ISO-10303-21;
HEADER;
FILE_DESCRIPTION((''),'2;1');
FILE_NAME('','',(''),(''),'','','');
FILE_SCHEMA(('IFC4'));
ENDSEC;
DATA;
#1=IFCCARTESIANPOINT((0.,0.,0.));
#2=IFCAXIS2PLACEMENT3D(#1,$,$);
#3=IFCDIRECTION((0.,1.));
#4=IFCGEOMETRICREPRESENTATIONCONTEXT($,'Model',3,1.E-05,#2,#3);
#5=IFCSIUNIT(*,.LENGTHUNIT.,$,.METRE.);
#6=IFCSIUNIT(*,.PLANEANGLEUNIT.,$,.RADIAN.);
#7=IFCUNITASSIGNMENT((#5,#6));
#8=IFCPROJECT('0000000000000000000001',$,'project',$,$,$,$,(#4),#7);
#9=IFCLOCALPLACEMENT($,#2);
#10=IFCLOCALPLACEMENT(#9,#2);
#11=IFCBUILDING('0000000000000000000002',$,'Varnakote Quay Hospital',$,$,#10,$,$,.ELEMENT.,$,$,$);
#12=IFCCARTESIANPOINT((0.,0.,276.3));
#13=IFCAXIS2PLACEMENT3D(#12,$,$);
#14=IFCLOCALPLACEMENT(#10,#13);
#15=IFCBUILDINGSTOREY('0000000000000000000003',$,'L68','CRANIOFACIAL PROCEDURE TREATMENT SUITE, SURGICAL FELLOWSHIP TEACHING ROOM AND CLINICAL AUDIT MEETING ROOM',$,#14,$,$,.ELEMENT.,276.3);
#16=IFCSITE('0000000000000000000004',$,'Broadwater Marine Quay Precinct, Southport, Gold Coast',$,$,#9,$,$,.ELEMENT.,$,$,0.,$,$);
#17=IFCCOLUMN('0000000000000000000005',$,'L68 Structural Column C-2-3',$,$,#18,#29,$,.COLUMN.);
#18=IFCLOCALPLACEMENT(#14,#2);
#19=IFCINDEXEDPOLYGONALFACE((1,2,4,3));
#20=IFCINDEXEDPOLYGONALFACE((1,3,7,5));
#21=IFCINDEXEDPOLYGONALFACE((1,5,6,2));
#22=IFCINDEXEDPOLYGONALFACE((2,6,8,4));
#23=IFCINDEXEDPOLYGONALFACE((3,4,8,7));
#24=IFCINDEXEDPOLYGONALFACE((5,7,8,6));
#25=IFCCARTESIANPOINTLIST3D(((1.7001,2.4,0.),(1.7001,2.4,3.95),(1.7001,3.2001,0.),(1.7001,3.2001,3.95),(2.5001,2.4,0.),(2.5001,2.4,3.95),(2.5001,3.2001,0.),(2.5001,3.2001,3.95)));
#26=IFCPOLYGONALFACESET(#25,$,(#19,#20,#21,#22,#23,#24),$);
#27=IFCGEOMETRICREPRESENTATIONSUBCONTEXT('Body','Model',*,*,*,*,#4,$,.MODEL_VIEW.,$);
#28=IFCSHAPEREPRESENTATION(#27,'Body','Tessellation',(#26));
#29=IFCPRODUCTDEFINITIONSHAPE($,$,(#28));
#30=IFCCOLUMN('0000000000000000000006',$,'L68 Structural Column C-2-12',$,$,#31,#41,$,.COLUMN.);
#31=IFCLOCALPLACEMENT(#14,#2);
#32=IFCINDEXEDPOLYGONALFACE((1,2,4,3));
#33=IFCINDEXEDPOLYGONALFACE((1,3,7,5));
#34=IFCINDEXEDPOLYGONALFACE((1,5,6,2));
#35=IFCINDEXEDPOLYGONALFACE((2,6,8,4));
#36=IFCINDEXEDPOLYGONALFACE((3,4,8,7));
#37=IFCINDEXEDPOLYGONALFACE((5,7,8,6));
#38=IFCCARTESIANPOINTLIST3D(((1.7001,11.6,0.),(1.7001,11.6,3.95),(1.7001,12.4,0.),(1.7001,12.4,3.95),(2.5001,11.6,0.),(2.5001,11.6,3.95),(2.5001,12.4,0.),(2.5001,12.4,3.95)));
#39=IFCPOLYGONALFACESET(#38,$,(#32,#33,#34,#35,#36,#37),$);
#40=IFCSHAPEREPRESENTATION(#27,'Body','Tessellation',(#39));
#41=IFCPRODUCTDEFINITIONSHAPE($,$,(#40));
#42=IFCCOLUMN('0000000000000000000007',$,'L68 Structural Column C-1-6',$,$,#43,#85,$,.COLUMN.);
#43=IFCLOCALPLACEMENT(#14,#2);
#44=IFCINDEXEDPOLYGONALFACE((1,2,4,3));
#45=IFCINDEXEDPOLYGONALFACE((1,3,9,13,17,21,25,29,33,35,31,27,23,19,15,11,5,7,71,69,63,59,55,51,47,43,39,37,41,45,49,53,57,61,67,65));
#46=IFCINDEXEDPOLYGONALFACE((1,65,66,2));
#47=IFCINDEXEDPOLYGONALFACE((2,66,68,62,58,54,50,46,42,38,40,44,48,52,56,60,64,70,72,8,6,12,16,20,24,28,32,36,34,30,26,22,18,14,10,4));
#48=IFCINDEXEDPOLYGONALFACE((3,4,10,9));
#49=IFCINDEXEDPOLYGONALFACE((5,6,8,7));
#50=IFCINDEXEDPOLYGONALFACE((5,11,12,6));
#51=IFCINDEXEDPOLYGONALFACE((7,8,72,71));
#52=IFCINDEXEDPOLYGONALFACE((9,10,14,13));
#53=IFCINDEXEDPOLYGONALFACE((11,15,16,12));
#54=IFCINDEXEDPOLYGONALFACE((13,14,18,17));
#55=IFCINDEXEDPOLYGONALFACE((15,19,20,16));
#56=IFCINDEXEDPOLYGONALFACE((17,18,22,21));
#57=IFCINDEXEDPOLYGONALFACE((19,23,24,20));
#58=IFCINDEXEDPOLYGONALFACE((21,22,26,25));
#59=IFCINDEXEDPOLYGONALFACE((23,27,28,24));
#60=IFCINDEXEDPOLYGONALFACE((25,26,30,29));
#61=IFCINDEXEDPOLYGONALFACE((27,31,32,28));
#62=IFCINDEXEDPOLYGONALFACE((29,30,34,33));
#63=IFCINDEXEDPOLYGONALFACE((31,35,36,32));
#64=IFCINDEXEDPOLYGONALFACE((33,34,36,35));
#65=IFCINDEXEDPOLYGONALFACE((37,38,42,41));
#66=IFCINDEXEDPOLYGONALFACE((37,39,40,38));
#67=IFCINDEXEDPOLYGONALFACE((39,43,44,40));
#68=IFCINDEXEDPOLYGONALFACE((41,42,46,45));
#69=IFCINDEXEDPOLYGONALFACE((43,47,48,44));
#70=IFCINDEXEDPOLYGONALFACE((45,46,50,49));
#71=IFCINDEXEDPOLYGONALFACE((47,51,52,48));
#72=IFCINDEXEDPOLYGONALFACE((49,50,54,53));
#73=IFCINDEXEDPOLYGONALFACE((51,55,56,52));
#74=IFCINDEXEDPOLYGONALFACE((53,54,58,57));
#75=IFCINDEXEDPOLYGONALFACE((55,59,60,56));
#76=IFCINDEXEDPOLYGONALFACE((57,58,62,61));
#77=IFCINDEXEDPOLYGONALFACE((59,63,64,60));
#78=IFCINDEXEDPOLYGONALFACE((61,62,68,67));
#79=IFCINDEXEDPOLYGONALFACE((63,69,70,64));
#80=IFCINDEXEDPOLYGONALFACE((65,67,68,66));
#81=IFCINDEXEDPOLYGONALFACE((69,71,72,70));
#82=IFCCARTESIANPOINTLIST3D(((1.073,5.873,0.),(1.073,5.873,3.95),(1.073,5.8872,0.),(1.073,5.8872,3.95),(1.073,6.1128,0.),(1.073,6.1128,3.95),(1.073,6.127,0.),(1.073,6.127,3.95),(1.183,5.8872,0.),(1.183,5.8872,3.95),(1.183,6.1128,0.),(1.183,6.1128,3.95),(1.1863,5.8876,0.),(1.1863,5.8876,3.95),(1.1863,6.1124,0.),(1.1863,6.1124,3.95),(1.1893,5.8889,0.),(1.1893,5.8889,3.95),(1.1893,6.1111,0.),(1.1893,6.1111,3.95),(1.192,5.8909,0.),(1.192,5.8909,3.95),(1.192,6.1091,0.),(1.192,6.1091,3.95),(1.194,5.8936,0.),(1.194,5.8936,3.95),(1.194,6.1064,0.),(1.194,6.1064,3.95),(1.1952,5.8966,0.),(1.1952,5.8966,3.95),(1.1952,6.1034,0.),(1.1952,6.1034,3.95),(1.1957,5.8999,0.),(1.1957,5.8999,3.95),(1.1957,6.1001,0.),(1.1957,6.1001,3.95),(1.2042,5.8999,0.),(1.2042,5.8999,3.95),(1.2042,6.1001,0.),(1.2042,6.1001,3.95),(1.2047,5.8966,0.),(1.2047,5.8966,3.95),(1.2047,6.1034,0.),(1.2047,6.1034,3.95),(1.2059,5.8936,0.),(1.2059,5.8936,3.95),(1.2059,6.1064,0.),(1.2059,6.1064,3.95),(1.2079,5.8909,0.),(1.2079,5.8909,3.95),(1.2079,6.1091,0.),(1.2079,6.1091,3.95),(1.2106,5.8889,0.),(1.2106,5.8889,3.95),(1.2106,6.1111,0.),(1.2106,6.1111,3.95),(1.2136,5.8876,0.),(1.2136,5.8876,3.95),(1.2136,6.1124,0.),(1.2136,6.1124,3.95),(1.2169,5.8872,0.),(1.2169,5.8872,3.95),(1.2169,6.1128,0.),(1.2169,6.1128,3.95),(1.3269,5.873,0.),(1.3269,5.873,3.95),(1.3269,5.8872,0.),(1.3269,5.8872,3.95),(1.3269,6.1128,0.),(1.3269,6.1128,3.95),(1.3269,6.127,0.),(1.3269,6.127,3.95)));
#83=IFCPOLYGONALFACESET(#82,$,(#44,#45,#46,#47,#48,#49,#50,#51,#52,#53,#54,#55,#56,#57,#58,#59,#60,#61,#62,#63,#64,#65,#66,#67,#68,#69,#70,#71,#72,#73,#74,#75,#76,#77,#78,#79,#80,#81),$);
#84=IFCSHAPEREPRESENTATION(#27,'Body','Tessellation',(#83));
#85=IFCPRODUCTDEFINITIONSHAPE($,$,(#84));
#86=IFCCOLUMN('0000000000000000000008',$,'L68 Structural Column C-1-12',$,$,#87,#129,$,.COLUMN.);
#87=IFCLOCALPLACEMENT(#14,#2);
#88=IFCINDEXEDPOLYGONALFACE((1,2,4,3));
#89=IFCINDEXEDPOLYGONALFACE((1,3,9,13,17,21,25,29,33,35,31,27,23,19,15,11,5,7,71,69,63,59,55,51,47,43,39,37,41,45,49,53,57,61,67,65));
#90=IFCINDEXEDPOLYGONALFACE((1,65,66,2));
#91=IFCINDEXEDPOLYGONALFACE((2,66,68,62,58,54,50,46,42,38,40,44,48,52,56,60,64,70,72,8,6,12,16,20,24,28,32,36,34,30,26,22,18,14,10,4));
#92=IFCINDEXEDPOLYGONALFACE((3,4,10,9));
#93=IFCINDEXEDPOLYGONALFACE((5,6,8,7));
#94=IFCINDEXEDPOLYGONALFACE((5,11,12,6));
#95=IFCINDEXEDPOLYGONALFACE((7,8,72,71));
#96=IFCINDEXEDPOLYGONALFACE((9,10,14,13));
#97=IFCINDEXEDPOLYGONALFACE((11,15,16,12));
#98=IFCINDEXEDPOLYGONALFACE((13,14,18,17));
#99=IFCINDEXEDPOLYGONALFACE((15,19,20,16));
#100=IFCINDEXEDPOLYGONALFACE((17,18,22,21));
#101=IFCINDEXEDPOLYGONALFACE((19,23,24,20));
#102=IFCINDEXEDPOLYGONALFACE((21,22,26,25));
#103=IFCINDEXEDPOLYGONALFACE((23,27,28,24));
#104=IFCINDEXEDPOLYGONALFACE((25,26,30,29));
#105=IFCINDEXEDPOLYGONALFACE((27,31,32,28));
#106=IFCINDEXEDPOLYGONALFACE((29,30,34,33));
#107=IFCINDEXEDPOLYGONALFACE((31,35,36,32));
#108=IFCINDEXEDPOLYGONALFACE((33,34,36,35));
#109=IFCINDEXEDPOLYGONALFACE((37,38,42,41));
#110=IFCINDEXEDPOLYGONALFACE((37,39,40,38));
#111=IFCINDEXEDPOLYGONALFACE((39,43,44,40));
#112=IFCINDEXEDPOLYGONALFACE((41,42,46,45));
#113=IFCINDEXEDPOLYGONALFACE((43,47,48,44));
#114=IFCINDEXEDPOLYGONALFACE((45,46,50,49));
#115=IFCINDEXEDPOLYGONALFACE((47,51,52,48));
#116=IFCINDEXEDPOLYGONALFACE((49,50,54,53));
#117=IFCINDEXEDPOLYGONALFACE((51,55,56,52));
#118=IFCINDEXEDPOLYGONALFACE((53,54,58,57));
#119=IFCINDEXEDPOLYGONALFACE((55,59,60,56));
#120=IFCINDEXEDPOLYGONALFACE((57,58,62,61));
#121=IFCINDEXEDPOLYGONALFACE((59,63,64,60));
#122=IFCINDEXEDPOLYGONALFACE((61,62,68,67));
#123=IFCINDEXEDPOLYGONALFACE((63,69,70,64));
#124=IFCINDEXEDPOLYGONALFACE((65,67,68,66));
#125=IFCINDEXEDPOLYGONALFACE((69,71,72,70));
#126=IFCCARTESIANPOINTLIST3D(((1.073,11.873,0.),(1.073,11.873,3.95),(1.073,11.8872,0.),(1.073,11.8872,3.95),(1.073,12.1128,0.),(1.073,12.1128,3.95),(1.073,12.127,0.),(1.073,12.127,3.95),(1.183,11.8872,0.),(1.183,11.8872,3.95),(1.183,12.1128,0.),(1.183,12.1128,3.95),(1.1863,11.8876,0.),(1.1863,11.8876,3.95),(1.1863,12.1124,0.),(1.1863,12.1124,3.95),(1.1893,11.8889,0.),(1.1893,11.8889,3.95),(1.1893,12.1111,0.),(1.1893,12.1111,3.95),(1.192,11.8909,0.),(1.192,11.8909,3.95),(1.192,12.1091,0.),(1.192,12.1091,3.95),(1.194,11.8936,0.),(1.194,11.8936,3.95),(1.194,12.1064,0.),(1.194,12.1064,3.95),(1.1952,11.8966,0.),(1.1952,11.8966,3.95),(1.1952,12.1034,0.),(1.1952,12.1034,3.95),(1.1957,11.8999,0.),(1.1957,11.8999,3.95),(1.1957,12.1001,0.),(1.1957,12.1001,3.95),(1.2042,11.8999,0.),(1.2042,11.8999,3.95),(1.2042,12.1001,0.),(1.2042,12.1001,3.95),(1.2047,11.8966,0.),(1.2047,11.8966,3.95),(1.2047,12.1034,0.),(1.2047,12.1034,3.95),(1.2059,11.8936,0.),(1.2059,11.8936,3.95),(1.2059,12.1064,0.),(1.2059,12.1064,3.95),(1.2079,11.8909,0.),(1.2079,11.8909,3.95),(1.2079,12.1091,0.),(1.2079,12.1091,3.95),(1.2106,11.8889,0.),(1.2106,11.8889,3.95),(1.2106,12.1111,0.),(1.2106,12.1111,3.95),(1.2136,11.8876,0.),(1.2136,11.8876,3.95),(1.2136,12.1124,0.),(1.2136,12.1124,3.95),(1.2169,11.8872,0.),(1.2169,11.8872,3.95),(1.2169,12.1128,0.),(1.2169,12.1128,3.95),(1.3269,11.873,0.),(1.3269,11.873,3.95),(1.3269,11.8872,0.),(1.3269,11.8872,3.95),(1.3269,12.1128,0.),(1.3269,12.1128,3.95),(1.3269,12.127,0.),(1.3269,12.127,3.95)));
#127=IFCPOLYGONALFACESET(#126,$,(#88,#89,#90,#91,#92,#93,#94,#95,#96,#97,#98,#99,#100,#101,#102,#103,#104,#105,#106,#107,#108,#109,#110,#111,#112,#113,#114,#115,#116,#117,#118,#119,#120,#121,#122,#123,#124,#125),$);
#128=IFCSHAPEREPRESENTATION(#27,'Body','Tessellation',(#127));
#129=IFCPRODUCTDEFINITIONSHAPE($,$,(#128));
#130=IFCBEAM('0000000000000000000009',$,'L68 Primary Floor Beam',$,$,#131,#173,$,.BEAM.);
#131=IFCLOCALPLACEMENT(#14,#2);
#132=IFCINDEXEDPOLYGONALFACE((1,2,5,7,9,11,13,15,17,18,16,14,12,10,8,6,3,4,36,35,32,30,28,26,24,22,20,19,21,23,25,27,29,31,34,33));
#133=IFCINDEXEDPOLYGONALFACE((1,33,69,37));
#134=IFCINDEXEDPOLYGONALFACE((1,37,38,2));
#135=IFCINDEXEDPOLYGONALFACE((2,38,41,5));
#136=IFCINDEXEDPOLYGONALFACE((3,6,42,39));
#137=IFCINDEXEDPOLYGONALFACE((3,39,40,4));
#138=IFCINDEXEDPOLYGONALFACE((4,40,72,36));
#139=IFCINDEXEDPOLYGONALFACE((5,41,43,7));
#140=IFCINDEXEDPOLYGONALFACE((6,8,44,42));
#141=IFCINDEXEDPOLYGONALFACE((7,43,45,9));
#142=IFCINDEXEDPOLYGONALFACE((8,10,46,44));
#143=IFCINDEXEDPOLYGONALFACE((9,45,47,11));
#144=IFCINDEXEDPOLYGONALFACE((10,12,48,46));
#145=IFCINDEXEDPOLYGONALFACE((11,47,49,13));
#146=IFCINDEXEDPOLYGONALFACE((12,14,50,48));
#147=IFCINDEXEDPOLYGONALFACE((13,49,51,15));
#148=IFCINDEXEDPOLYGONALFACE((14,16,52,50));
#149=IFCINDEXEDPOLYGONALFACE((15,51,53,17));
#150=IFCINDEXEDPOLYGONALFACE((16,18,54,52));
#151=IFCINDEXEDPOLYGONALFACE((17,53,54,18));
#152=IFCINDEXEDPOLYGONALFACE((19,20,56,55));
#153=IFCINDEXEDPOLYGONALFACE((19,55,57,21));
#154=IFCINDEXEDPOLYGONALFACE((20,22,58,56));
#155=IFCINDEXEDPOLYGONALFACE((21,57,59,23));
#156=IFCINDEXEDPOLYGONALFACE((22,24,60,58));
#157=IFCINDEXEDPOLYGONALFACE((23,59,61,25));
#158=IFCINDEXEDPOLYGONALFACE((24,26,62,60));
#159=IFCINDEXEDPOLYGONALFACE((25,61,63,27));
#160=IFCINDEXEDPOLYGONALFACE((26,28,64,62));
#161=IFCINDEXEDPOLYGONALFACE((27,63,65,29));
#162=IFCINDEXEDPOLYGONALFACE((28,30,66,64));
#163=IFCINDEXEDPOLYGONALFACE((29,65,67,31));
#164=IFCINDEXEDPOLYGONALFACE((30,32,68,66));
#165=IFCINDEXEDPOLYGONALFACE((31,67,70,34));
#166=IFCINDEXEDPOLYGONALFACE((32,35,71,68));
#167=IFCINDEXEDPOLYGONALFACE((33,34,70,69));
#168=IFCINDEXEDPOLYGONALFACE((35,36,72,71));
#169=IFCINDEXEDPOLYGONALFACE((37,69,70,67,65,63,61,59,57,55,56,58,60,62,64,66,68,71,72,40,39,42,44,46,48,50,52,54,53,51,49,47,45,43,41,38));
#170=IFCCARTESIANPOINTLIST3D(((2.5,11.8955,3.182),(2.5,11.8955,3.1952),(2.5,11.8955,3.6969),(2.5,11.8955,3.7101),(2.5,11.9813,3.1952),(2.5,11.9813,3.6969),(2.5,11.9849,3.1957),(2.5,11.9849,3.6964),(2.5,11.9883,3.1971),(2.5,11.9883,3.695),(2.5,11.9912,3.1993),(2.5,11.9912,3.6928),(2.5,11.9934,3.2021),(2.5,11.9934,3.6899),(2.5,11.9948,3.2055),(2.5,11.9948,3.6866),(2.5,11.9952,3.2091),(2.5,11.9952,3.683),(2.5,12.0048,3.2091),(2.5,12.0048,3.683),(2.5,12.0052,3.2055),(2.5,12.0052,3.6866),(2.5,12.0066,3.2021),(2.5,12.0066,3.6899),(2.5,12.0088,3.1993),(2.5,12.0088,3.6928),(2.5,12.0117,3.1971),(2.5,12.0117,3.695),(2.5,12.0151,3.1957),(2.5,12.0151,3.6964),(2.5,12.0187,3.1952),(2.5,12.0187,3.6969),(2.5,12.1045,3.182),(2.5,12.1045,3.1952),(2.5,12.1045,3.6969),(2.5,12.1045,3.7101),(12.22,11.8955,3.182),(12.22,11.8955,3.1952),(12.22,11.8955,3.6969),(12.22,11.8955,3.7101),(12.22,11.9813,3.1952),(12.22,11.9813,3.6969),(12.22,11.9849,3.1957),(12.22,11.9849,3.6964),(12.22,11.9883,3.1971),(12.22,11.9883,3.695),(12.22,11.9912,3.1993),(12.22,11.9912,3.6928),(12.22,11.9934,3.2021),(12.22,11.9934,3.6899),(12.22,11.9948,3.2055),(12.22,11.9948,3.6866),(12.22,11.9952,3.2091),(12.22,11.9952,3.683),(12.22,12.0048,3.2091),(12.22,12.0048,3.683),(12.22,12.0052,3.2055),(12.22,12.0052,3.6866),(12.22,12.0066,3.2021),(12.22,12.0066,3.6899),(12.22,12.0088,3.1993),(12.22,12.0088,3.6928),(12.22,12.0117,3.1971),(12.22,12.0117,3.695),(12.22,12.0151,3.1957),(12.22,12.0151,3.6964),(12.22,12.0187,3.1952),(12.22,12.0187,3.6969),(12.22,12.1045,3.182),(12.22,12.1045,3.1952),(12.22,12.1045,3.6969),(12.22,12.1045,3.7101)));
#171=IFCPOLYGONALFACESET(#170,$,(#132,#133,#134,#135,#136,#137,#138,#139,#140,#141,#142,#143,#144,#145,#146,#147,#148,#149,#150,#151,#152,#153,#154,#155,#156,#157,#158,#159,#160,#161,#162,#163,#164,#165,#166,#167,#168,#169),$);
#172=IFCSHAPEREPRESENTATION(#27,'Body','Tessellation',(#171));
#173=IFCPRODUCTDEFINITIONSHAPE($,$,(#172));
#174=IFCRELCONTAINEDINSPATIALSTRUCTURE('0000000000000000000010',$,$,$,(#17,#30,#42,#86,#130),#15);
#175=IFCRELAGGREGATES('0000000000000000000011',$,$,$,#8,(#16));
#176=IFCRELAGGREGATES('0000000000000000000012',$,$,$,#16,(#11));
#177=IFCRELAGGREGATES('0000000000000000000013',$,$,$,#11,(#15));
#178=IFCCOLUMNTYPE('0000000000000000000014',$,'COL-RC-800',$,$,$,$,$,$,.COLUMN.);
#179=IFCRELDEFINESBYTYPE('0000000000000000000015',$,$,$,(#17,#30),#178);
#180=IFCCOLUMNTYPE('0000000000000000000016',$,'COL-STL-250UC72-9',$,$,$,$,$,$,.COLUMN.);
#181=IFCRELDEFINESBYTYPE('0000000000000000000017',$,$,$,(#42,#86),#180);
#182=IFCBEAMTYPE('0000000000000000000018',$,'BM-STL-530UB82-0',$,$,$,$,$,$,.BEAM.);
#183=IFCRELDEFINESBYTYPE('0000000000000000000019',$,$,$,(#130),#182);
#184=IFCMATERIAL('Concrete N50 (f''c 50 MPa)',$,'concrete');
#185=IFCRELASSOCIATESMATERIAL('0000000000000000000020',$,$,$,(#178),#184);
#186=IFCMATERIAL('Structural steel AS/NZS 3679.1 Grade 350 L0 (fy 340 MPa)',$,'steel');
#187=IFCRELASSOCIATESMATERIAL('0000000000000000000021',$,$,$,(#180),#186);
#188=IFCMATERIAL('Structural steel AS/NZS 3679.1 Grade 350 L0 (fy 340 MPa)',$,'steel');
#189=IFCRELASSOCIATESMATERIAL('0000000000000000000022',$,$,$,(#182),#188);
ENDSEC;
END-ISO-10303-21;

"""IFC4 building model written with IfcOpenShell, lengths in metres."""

from ifc_helpers import new_model, si_unit, direction, frame, origin, origin_2d, place, context, subcontext, project, spatial, rectangle, i_section, extrude, material, material_profile, profile_set, type_object, element, save


model = new_model("IFC4")

# Units and contexts
model_context = context("Model", 3, precision=1e-05, world=origin(), true_north=direction((0.0, 1.0)))
body_context = subcontext(model_context, "Body", "Model", "MODEL_VIEW")
ifc_project = project(units=[si_unit("LENGTHUNIT", "METRE"), si_unit("PLANEANGLEUNIT", "RADIAN")], contexts=[model_context])

# Site, building, storey
site_placement = place(None, origin())
site = spatial("IfcSite", under=ifc_project, at=site_placement, Name="Broadwater Marine Quay Precinct, Southport, Gold Coast", CompositionType="ELEMENT", RefElevation=0.0)
building_placement = place(site_placement, origin())
building = spatial("IfcBuilding", under=site, at=building_placement, Name="Varnakote Quay Hospital", CompositionType="ELEMENT")
storey_placement = place(building_placement, frame((0.0, 0.0, 276.3)))
storey = spatial("IfcBuildingStorey", under=building, at=storey_placement, Name="L68", Description="CRANIOFACIAL PROCEDURE TREATMENT SUITE, SURGICAL FELLOWSHIP TEACHING ROOM AND CLINICAL AUDIT MEETING ROOM", CompositionType="ELEMENT", Elevation=276.3)

# Columns
ifc_material_1 = material(Name="Concrete N50 (f'c 50 MPa)", Category="concrete")
ifc_material_profile_1 = material_profile(ifc_material_1, rectangle(XDim=0.8, YDim=0.8, at=origin_2d()), Name="RC-COL-800x800")
ifc_profile_set_1 = profile_set([ifc_material_profile_1], Name="Concrete N50 (f'c 50 MPa)")
column_type_1 = type_object("IfcColumnType", Name="COL-RC-800", PredefinedType="COLUMN", material=ifc_profile_set_1)
for number, where, z_axis, x_axis, name in (
    (1, (2.1001, 2.8, 0.0), (0.0, 0.0, 1.0), (1.0, 0.0, 0.0), "L68 Structural Column C-2-3"),
    (2, (2.1001, 12.0, 0.0), (0.0, 0.0, 1.0), (1.0, 0.0, 0.0), "L68 Structural Column C-2-12"),
):
    element("IfcColumn", number, at=place(storey_placement, frame(where, z_axis=z_axis, x_axis=x_axis)), inside=storey, type_object=column_type_1, Name=name, PredefinedType="COLUMN", context=body_context, shape_type="SweptSolid", body=[
        extrude(rectangle(XDim=0.8, YDim=0.8, at=origin_2d()), origin(), (0.0, 0.0, 1.0), 3.95),
    ])
ifc_material_2 = material(Name="Structural steel AS/NZS 3679.1 Grade 350 L0 (fy 340 MPa)", Category="steel")
ifc_material_profile_2 = material_profile(ifc_material_2, i_section(OverallWidth=0.2539, OverallDepth=0.2539, WebThickness=0.0085, FlangeThickness=0.0142, FilletRadius=0.0127, at=origin_2d()), Name="250UC72.9")
ifc_profile_set_2 = profile_set([ifc_material_profile_2], Name="Structural steel AS/NZS 3679.1 Grade 350 L0 (fy 340 MPa)")
column_type_2 = type_object("IfcColumnType", Name="COL-STL-250UC72-9", PredefinedType="COLUMN", material=ifc_profile_set_2)
for number, where, z_axis, x_axis, name in (
    (3, (1.2, 6.0, 0.0), (0.0, 0.0, 1.0), (1.0, 0.0, 0.0), "L68 Structural Column C-1-6"),
    (4, (1.2, 12.0, 0.0), (0.0, 0.0, 1.0), (1.0, 0.0, 0.0), "L68 Structural Column C-1-12"),
):
    element("IfcColumn", number, at=place(storey_placement, frame(where, z_axis=z_axis, x_axis=x_axis)), inside=storey, type_object=column_type_2, Name=name, PredefinedType="COLUMN", context=body_context, shape_type="SweptSolid", body=[
        extrude(i_section(OverallWidth=0.2539, OverallDepth=0.2539, WebThickness=0.0085, FlangeThickness=0.0142, FilletRadius=0.0127, at=origin_2d()), origin(), (0.0, 0.0, 1.0), 3.95),
    ])

# Beam
ifc_material_3 = material(Name="Structural steel AS/NZS 3679.1 Grade 350 L0 (fy 340 MPa)", Category="steel")
ifc_material_profile_3 = material_profile(ifc_material_3, i_section(OverallWidth=0.209, OverallDepth=0.5281, WebThickness=0.0095, FlangeThickness=0.0132, FilletRadius=0.0139, at=origin_2d()), Name="530UB82.0")
ifc_profile_set_3 = profile_set([ifc_material_profile_3], Name="Structural steel AS/NZS 3679.1 Grade 350 L0 (fy 340 MPa)")
beam_type_1 = type_object("IfcBeamType", Name="BM-STL-530UB82-0", PredefinedType="BEAM", material=ifc_profile_set_3)
beam_1_placement = place(storey_placement, frame((2.5, 12.0, 3.446), z_axis=(1.0, 0.0, 0.0), x_axis=(0.0, 1.0, 0.0)))
element("IfcBeam", 5, at=beam_1_placement, inside=storey, type_object=beam_type_1, Name="L68 Primary Floor Beam", PredefinedType="BEAM", context=body_context, shape_type="SweptSolid", body=[
    extrude(i_section(OverallWidth=0.209, OverallDepth=0.5281, WebThickness=0.0095, FlangeThickness=0.0132, FilletRadius=0.0139, at=origin_2d()), origin(), (0.0, 0.0, 1.0), 9.72),
])

save(model, "model.ifc")
